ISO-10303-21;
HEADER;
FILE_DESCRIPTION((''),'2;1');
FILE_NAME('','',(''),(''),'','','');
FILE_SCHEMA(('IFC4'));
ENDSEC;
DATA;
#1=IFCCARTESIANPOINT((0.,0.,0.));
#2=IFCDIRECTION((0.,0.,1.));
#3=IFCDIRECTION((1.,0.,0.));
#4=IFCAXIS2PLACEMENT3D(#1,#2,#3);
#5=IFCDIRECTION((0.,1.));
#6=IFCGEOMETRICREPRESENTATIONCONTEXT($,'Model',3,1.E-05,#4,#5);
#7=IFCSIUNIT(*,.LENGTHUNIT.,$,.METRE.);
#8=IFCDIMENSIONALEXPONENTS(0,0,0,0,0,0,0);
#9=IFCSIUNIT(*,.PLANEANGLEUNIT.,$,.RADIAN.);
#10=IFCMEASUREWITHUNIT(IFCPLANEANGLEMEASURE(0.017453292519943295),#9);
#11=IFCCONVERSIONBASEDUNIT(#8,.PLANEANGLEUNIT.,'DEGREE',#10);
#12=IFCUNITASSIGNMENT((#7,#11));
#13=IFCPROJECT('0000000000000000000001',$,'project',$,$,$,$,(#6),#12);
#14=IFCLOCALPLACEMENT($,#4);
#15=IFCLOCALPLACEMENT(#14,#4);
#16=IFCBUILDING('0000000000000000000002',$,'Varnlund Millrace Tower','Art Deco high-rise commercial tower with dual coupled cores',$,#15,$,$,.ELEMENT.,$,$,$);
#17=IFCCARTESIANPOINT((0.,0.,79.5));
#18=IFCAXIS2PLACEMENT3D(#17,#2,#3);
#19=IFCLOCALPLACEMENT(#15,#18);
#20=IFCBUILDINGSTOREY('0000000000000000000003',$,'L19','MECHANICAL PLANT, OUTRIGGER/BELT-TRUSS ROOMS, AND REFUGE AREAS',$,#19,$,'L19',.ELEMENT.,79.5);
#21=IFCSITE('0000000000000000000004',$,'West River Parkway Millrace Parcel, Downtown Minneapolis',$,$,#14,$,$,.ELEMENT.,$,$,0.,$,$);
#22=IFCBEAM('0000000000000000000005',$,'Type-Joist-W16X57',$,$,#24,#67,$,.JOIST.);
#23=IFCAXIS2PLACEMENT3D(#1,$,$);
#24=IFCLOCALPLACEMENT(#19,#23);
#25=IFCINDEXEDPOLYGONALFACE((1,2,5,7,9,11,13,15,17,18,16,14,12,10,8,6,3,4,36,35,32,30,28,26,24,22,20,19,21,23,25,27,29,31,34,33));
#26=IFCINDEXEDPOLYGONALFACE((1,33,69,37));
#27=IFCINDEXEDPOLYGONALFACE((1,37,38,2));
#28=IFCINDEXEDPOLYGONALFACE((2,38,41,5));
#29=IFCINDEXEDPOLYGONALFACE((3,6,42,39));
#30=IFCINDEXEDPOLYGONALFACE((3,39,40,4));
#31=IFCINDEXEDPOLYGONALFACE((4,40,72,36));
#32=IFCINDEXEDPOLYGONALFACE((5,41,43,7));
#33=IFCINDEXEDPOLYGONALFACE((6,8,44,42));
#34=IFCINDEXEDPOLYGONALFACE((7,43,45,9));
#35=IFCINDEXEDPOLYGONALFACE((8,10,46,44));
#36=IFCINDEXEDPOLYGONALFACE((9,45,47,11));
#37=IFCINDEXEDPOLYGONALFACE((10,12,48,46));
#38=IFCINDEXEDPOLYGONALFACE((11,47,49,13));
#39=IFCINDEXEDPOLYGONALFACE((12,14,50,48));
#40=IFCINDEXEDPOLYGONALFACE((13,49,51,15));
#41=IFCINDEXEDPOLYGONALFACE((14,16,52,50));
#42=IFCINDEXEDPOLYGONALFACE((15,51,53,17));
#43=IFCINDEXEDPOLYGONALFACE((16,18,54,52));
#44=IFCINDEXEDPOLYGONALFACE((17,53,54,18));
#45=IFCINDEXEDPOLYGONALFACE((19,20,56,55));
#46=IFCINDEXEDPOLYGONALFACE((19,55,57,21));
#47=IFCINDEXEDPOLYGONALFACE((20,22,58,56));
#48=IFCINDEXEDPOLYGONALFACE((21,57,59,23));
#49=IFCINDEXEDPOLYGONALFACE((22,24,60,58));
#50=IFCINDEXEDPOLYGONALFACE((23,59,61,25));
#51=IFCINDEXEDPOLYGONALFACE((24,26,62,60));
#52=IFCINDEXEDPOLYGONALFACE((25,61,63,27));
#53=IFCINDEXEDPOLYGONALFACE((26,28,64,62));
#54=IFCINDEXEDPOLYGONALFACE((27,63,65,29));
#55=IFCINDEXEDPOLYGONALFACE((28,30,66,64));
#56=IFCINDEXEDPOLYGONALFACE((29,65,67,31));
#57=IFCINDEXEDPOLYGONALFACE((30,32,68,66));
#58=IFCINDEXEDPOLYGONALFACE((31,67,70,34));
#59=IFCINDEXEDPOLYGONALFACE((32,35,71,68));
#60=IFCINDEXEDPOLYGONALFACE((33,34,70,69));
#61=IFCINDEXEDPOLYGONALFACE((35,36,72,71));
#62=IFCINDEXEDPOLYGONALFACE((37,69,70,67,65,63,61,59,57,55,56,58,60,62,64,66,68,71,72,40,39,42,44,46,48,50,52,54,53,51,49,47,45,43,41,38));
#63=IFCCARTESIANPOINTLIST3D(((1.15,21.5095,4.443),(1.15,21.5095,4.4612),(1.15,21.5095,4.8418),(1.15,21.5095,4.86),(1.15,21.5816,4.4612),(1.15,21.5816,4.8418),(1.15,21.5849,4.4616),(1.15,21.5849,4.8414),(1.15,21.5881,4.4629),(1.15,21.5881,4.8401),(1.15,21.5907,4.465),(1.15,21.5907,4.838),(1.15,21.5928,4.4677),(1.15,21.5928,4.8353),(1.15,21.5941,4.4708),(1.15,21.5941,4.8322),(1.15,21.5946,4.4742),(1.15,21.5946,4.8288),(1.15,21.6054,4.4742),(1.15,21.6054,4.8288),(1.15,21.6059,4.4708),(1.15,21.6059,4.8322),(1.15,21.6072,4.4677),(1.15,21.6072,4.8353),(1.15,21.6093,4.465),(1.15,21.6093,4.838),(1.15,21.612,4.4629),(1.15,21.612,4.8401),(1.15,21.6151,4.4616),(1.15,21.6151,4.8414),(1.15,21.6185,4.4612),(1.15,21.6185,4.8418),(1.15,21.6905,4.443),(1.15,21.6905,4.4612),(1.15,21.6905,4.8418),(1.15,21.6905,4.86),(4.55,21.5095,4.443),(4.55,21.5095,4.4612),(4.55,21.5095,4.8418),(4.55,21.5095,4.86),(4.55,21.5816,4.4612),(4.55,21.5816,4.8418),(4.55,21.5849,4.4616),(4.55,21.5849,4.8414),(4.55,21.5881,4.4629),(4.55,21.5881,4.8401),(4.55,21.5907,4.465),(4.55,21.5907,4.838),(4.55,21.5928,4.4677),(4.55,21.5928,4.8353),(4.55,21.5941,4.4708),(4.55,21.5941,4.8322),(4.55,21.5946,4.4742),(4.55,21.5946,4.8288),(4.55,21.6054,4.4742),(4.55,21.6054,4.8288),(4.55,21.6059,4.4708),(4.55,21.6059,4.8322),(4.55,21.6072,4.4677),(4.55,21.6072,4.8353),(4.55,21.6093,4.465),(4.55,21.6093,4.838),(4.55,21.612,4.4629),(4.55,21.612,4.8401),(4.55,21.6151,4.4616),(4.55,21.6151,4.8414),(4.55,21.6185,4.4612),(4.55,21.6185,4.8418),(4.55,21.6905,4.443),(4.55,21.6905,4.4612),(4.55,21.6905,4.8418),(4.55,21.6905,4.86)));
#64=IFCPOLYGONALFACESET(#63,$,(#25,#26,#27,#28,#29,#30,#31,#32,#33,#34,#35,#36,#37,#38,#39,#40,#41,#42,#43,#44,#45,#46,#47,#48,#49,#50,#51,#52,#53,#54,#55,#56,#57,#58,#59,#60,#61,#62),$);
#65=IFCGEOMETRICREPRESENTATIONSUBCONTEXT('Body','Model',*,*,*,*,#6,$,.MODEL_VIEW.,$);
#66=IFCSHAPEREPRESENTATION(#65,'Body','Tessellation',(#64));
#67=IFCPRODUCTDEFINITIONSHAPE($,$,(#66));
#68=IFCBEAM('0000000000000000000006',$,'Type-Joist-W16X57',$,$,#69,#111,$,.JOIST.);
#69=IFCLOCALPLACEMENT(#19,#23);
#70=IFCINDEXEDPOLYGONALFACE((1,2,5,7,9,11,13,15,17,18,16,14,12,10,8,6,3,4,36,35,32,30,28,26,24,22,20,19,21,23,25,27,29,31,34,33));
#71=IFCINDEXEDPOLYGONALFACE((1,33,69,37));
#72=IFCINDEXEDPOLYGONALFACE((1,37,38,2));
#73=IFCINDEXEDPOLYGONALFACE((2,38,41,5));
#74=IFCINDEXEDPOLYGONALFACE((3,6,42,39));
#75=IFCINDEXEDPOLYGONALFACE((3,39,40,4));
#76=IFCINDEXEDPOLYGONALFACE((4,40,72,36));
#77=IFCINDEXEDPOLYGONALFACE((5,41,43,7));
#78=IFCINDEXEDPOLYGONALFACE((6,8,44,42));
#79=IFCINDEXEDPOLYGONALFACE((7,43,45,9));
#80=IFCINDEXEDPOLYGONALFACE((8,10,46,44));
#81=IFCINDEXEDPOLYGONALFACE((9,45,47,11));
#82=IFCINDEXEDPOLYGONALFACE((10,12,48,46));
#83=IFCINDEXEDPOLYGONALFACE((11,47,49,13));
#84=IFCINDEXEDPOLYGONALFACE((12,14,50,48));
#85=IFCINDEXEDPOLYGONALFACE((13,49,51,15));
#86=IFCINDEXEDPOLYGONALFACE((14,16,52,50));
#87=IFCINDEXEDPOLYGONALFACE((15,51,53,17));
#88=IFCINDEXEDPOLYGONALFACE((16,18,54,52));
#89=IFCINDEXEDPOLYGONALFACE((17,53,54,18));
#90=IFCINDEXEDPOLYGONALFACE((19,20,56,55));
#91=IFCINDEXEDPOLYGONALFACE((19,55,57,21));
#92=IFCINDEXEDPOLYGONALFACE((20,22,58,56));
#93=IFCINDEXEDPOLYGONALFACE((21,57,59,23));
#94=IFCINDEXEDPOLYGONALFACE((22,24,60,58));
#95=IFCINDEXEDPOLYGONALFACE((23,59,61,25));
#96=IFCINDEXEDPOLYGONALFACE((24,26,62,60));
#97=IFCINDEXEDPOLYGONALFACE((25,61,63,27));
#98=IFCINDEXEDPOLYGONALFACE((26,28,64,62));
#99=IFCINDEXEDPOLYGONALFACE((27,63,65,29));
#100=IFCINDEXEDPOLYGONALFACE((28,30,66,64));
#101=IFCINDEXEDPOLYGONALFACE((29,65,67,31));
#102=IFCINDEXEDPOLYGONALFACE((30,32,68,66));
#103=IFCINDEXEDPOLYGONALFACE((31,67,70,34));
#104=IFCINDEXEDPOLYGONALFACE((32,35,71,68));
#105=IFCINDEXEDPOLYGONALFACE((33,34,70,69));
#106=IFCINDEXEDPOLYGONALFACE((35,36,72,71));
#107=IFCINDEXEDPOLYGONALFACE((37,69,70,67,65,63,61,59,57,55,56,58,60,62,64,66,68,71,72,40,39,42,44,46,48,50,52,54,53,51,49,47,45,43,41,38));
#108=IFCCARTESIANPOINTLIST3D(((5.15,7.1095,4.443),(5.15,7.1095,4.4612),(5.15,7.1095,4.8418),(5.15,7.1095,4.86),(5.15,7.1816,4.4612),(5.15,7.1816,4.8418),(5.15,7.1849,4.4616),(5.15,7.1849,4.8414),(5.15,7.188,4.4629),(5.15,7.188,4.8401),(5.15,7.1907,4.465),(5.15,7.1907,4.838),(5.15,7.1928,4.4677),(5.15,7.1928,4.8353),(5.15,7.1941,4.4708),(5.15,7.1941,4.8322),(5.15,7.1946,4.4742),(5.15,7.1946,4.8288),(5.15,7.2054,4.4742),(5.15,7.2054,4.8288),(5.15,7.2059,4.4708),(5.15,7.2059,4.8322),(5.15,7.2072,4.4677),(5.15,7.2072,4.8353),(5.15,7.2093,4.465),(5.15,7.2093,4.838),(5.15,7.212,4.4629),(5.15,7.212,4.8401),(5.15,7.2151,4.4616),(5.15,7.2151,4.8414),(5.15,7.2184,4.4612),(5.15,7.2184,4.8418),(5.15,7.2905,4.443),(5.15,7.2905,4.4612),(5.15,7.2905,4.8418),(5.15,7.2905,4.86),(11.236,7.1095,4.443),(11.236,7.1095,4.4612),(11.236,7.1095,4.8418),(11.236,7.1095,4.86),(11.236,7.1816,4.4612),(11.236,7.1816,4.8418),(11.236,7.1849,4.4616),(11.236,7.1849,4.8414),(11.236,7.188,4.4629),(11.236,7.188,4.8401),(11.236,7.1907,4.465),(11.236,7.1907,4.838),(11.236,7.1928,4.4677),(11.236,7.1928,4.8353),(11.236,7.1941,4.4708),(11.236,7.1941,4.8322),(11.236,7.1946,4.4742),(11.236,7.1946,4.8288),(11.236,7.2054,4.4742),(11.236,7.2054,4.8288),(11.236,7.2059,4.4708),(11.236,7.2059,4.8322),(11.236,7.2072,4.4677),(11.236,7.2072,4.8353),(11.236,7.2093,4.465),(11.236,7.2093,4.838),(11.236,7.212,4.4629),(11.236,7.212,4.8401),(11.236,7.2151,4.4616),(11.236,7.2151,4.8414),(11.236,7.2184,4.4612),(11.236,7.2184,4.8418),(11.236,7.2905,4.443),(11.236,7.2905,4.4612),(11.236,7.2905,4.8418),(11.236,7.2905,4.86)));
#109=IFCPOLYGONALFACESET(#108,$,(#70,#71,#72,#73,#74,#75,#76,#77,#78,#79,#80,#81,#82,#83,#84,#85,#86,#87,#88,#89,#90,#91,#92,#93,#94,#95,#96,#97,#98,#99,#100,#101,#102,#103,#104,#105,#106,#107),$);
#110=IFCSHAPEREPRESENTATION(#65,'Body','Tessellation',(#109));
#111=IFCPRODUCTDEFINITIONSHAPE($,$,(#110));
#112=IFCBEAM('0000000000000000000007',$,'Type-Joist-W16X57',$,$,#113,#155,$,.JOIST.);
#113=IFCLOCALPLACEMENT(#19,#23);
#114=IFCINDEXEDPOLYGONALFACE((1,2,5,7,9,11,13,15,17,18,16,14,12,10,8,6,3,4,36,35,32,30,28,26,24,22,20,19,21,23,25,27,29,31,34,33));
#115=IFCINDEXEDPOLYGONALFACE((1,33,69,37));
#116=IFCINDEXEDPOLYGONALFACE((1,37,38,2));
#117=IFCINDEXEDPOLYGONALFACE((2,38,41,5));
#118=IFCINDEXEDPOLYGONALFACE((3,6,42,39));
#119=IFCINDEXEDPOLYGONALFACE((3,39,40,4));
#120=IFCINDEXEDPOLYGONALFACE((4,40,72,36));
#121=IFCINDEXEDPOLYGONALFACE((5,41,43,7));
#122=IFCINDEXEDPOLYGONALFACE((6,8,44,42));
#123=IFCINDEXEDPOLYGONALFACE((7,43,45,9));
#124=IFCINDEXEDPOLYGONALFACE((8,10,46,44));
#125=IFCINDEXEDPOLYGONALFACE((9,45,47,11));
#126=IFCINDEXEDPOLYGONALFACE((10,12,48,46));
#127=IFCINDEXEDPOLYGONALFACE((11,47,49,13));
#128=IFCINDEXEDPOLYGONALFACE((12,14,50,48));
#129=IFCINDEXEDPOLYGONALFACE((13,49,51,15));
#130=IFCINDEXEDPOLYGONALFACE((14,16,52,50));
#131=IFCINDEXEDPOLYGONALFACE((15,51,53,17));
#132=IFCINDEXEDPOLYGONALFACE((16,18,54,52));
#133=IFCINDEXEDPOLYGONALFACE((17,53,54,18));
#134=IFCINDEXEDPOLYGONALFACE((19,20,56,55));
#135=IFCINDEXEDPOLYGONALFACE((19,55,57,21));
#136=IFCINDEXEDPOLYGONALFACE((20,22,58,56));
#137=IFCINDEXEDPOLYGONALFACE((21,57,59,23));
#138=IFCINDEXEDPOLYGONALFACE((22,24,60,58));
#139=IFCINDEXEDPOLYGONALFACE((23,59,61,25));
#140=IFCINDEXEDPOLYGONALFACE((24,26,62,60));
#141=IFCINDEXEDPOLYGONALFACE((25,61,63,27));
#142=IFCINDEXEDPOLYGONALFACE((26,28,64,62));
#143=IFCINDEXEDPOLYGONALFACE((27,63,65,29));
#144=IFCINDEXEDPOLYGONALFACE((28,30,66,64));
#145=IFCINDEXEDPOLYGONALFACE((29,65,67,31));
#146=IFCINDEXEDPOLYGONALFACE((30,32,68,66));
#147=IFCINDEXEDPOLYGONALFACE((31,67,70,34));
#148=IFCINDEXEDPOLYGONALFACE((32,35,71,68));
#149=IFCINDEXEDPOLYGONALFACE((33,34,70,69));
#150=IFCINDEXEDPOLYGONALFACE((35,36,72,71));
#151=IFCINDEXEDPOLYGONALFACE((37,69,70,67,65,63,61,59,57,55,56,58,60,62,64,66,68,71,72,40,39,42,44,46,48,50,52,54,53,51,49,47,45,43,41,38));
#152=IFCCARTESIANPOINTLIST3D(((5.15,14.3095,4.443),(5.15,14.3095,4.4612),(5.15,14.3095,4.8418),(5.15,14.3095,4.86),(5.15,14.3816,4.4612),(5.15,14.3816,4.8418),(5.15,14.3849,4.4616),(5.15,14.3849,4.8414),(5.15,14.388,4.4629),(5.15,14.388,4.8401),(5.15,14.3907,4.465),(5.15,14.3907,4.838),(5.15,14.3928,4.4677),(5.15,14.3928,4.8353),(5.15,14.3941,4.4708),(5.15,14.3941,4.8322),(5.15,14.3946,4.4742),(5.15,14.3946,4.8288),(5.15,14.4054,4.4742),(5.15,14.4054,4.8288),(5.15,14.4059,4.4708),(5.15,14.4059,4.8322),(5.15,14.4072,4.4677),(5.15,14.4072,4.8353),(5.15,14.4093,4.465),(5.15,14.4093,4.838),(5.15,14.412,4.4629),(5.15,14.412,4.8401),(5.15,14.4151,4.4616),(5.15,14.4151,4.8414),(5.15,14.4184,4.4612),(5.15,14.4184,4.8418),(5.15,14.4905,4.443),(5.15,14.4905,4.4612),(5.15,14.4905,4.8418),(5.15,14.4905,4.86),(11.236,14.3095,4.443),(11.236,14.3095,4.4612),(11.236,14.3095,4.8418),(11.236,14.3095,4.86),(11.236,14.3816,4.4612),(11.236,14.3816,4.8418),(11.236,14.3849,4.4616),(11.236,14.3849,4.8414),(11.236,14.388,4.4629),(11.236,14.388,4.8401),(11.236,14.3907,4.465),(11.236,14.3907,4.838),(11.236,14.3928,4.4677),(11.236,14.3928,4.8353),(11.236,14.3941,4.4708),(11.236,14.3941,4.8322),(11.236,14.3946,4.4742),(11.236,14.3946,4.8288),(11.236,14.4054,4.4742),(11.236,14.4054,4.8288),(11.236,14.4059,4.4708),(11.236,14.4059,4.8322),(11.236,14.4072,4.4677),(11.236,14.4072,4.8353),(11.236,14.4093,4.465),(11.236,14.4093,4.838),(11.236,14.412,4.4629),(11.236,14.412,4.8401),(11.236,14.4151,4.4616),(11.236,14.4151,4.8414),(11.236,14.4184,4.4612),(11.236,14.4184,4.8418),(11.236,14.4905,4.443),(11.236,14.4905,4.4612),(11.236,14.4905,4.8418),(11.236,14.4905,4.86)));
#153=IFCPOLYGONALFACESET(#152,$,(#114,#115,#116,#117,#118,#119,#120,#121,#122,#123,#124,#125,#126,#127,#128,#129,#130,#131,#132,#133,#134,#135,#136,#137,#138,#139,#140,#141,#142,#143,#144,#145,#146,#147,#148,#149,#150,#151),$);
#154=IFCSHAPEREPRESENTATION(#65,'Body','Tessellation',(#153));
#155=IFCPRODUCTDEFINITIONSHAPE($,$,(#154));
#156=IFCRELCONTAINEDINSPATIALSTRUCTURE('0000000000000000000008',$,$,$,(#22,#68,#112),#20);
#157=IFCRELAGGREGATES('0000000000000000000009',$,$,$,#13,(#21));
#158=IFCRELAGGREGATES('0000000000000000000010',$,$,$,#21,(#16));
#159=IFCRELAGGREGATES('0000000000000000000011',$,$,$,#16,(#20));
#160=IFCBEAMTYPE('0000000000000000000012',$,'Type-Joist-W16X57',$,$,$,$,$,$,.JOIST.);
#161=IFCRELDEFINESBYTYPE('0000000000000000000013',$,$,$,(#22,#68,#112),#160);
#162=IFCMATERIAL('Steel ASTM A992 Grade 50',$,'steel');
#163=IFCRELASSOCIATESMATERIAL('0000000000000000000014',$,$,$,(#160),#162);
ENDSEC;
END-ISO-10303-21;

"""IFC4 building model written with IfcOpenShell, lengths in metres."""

from ifc_helpers import new_model, entity, si_unit, converted_unit, direction, frame, origin_with_axes, origin_2d_with_axis, place, context, subcontext, project, spatial, i_section, extrude, material, material_profile, profile_set, type_object, element, save


model = new_model("IFC4")

# Units and contexts
model_context = context("Model", 3, precision=1e-05, world=origin_with_axes(), true_north=direction((0.0, 1.0)))
body_context = subcontext(model_context, "Body", "Model", "MODEL_VIEW")
ifc_project = project(units=[si_unit("LENGTHUNIT", "METRE"), converted_unit("PLANEANGLEUNIT", "DEGREE", entity("IfcPlaneAngleMeasure", 0.017453292519943295), si_unit("PLANEANGLEUNIT", "RADIAN"), dimensions=[0, 0, 0, 0, 0, 0, 0])], contexts=[model_context])

# Site, building, storey
site_placement = place(None, origin_with_axes())
site = spatial("IfcSite", under=ifc_project, at=site_placement, Name="West River Parkway Millrace Parcel, Downtown Minneapolis", CompositionType="ELEMENT", RefElevation=0.0)
building_placement = place(site_placement, origin_with_axes())
building = spatial("IfcBuilding", under=site, at=building_placement, Name="Varnlund Millrace Tower", Description="Art Deco high-rise commercial tower with dual coupled cores", CompositionType="ELEMENT")
storey_placement = place(building_placement, frame((0.0, 0.0, 79.5), z_axis=(0.0, 0.0, 1.0), x_axis=(1.0, 0.0, 0.0)))
storey = spatial("IfcBuildingStorey", under=building, at=storey_placement, Name="L19", Description="MECHANICAL PLANT, OUTRIGGER/BELT-TRUSS ROOMS, AND REFUGE AREAS", LongName="L19", CompositionType="ELEMENT", Elevation=79.5)

# Beams
ifc_material_1 = material(Name="Steel ASTM A992 Grade 50", Category="steel")
ifc_material_profile_1 = material_profile(ifc_material_1, i_section(OverallWidth=0.181, OverallDepth=0.417, WebThickness=0.0109, FlangeThickness=0.0182, FilletRadius=0.013, at=origin_2d_with_axis()), Name="Steel ASTM A992 Grade 50")
ifc_profile_set_1 = profile_set([ifc_material_profile_1], Name="Steel ASTM A992 Grade 50")
beam_type_1 = type_object("IfcBeamType", Name="Type-Joist-W16X57", PredefinedType="JOIST", material=ifc_profile_set_1)
for number, where, z_axis, x_axis, name in (
    (1, (1.15, 21.6, 4.6515), (1.0, 0.0, 0.0), (0.0, 1.0, 0.0), "Type-Joist-W16X57"),
):
    element("IfcBeam", number, at=place(storey_placement, frame(where, z_axis=z_axis, x_axis=x_axis)), inside=storey, type_object=beam_type_1, Name=name, PredefinedType="JOIST", context=body_context, shape_type="SweptSolid", body=[
        extrude(i_section(OverallWidth=0.181, OverallDepth=0.417, WebThickness=0.0109, FlangeThickness=0.0182, FilletRadius=0.013, at=origin_2d_with_axis()), origin_with_axes(), (0.0, 0.0, 1.0), 3.4),
    ])
for number, where, z_axis, x_axis, name in (
    (2, (5.15, 7.2, 4.6515), (1.0, 0.0, 0.0), (0.0, 1.0, 0.0), "Type-Joist-W16X57"),
    (3, (5.15, 14.4, 4.6515), (1.0, 0.0, 0.0), (0.0, 1.0, 0.0), "Type-Joist-W16X57"),
):
    element("IfcBeam", number, at=place(storey_placement, frame(where, z_axis=z_axis, x_axis=x_axis)), inside=storey, type_object=beam_type_1, Name=name, PredefinedType="JOIST", context=body_context, shape_type="SweptSolid", body=[
        extrude(i_section(OverallWidth=0.181, OverallDepth=0.417, WebThickness=0.0109, FlangeThickness=0.0182, FilletRadius=0.013, at=origin_2d_with_axis()), origin_with_axes(), (0.0, 0.0, 1.0), 6.086),
    ])

save(model, "model.ifc")
